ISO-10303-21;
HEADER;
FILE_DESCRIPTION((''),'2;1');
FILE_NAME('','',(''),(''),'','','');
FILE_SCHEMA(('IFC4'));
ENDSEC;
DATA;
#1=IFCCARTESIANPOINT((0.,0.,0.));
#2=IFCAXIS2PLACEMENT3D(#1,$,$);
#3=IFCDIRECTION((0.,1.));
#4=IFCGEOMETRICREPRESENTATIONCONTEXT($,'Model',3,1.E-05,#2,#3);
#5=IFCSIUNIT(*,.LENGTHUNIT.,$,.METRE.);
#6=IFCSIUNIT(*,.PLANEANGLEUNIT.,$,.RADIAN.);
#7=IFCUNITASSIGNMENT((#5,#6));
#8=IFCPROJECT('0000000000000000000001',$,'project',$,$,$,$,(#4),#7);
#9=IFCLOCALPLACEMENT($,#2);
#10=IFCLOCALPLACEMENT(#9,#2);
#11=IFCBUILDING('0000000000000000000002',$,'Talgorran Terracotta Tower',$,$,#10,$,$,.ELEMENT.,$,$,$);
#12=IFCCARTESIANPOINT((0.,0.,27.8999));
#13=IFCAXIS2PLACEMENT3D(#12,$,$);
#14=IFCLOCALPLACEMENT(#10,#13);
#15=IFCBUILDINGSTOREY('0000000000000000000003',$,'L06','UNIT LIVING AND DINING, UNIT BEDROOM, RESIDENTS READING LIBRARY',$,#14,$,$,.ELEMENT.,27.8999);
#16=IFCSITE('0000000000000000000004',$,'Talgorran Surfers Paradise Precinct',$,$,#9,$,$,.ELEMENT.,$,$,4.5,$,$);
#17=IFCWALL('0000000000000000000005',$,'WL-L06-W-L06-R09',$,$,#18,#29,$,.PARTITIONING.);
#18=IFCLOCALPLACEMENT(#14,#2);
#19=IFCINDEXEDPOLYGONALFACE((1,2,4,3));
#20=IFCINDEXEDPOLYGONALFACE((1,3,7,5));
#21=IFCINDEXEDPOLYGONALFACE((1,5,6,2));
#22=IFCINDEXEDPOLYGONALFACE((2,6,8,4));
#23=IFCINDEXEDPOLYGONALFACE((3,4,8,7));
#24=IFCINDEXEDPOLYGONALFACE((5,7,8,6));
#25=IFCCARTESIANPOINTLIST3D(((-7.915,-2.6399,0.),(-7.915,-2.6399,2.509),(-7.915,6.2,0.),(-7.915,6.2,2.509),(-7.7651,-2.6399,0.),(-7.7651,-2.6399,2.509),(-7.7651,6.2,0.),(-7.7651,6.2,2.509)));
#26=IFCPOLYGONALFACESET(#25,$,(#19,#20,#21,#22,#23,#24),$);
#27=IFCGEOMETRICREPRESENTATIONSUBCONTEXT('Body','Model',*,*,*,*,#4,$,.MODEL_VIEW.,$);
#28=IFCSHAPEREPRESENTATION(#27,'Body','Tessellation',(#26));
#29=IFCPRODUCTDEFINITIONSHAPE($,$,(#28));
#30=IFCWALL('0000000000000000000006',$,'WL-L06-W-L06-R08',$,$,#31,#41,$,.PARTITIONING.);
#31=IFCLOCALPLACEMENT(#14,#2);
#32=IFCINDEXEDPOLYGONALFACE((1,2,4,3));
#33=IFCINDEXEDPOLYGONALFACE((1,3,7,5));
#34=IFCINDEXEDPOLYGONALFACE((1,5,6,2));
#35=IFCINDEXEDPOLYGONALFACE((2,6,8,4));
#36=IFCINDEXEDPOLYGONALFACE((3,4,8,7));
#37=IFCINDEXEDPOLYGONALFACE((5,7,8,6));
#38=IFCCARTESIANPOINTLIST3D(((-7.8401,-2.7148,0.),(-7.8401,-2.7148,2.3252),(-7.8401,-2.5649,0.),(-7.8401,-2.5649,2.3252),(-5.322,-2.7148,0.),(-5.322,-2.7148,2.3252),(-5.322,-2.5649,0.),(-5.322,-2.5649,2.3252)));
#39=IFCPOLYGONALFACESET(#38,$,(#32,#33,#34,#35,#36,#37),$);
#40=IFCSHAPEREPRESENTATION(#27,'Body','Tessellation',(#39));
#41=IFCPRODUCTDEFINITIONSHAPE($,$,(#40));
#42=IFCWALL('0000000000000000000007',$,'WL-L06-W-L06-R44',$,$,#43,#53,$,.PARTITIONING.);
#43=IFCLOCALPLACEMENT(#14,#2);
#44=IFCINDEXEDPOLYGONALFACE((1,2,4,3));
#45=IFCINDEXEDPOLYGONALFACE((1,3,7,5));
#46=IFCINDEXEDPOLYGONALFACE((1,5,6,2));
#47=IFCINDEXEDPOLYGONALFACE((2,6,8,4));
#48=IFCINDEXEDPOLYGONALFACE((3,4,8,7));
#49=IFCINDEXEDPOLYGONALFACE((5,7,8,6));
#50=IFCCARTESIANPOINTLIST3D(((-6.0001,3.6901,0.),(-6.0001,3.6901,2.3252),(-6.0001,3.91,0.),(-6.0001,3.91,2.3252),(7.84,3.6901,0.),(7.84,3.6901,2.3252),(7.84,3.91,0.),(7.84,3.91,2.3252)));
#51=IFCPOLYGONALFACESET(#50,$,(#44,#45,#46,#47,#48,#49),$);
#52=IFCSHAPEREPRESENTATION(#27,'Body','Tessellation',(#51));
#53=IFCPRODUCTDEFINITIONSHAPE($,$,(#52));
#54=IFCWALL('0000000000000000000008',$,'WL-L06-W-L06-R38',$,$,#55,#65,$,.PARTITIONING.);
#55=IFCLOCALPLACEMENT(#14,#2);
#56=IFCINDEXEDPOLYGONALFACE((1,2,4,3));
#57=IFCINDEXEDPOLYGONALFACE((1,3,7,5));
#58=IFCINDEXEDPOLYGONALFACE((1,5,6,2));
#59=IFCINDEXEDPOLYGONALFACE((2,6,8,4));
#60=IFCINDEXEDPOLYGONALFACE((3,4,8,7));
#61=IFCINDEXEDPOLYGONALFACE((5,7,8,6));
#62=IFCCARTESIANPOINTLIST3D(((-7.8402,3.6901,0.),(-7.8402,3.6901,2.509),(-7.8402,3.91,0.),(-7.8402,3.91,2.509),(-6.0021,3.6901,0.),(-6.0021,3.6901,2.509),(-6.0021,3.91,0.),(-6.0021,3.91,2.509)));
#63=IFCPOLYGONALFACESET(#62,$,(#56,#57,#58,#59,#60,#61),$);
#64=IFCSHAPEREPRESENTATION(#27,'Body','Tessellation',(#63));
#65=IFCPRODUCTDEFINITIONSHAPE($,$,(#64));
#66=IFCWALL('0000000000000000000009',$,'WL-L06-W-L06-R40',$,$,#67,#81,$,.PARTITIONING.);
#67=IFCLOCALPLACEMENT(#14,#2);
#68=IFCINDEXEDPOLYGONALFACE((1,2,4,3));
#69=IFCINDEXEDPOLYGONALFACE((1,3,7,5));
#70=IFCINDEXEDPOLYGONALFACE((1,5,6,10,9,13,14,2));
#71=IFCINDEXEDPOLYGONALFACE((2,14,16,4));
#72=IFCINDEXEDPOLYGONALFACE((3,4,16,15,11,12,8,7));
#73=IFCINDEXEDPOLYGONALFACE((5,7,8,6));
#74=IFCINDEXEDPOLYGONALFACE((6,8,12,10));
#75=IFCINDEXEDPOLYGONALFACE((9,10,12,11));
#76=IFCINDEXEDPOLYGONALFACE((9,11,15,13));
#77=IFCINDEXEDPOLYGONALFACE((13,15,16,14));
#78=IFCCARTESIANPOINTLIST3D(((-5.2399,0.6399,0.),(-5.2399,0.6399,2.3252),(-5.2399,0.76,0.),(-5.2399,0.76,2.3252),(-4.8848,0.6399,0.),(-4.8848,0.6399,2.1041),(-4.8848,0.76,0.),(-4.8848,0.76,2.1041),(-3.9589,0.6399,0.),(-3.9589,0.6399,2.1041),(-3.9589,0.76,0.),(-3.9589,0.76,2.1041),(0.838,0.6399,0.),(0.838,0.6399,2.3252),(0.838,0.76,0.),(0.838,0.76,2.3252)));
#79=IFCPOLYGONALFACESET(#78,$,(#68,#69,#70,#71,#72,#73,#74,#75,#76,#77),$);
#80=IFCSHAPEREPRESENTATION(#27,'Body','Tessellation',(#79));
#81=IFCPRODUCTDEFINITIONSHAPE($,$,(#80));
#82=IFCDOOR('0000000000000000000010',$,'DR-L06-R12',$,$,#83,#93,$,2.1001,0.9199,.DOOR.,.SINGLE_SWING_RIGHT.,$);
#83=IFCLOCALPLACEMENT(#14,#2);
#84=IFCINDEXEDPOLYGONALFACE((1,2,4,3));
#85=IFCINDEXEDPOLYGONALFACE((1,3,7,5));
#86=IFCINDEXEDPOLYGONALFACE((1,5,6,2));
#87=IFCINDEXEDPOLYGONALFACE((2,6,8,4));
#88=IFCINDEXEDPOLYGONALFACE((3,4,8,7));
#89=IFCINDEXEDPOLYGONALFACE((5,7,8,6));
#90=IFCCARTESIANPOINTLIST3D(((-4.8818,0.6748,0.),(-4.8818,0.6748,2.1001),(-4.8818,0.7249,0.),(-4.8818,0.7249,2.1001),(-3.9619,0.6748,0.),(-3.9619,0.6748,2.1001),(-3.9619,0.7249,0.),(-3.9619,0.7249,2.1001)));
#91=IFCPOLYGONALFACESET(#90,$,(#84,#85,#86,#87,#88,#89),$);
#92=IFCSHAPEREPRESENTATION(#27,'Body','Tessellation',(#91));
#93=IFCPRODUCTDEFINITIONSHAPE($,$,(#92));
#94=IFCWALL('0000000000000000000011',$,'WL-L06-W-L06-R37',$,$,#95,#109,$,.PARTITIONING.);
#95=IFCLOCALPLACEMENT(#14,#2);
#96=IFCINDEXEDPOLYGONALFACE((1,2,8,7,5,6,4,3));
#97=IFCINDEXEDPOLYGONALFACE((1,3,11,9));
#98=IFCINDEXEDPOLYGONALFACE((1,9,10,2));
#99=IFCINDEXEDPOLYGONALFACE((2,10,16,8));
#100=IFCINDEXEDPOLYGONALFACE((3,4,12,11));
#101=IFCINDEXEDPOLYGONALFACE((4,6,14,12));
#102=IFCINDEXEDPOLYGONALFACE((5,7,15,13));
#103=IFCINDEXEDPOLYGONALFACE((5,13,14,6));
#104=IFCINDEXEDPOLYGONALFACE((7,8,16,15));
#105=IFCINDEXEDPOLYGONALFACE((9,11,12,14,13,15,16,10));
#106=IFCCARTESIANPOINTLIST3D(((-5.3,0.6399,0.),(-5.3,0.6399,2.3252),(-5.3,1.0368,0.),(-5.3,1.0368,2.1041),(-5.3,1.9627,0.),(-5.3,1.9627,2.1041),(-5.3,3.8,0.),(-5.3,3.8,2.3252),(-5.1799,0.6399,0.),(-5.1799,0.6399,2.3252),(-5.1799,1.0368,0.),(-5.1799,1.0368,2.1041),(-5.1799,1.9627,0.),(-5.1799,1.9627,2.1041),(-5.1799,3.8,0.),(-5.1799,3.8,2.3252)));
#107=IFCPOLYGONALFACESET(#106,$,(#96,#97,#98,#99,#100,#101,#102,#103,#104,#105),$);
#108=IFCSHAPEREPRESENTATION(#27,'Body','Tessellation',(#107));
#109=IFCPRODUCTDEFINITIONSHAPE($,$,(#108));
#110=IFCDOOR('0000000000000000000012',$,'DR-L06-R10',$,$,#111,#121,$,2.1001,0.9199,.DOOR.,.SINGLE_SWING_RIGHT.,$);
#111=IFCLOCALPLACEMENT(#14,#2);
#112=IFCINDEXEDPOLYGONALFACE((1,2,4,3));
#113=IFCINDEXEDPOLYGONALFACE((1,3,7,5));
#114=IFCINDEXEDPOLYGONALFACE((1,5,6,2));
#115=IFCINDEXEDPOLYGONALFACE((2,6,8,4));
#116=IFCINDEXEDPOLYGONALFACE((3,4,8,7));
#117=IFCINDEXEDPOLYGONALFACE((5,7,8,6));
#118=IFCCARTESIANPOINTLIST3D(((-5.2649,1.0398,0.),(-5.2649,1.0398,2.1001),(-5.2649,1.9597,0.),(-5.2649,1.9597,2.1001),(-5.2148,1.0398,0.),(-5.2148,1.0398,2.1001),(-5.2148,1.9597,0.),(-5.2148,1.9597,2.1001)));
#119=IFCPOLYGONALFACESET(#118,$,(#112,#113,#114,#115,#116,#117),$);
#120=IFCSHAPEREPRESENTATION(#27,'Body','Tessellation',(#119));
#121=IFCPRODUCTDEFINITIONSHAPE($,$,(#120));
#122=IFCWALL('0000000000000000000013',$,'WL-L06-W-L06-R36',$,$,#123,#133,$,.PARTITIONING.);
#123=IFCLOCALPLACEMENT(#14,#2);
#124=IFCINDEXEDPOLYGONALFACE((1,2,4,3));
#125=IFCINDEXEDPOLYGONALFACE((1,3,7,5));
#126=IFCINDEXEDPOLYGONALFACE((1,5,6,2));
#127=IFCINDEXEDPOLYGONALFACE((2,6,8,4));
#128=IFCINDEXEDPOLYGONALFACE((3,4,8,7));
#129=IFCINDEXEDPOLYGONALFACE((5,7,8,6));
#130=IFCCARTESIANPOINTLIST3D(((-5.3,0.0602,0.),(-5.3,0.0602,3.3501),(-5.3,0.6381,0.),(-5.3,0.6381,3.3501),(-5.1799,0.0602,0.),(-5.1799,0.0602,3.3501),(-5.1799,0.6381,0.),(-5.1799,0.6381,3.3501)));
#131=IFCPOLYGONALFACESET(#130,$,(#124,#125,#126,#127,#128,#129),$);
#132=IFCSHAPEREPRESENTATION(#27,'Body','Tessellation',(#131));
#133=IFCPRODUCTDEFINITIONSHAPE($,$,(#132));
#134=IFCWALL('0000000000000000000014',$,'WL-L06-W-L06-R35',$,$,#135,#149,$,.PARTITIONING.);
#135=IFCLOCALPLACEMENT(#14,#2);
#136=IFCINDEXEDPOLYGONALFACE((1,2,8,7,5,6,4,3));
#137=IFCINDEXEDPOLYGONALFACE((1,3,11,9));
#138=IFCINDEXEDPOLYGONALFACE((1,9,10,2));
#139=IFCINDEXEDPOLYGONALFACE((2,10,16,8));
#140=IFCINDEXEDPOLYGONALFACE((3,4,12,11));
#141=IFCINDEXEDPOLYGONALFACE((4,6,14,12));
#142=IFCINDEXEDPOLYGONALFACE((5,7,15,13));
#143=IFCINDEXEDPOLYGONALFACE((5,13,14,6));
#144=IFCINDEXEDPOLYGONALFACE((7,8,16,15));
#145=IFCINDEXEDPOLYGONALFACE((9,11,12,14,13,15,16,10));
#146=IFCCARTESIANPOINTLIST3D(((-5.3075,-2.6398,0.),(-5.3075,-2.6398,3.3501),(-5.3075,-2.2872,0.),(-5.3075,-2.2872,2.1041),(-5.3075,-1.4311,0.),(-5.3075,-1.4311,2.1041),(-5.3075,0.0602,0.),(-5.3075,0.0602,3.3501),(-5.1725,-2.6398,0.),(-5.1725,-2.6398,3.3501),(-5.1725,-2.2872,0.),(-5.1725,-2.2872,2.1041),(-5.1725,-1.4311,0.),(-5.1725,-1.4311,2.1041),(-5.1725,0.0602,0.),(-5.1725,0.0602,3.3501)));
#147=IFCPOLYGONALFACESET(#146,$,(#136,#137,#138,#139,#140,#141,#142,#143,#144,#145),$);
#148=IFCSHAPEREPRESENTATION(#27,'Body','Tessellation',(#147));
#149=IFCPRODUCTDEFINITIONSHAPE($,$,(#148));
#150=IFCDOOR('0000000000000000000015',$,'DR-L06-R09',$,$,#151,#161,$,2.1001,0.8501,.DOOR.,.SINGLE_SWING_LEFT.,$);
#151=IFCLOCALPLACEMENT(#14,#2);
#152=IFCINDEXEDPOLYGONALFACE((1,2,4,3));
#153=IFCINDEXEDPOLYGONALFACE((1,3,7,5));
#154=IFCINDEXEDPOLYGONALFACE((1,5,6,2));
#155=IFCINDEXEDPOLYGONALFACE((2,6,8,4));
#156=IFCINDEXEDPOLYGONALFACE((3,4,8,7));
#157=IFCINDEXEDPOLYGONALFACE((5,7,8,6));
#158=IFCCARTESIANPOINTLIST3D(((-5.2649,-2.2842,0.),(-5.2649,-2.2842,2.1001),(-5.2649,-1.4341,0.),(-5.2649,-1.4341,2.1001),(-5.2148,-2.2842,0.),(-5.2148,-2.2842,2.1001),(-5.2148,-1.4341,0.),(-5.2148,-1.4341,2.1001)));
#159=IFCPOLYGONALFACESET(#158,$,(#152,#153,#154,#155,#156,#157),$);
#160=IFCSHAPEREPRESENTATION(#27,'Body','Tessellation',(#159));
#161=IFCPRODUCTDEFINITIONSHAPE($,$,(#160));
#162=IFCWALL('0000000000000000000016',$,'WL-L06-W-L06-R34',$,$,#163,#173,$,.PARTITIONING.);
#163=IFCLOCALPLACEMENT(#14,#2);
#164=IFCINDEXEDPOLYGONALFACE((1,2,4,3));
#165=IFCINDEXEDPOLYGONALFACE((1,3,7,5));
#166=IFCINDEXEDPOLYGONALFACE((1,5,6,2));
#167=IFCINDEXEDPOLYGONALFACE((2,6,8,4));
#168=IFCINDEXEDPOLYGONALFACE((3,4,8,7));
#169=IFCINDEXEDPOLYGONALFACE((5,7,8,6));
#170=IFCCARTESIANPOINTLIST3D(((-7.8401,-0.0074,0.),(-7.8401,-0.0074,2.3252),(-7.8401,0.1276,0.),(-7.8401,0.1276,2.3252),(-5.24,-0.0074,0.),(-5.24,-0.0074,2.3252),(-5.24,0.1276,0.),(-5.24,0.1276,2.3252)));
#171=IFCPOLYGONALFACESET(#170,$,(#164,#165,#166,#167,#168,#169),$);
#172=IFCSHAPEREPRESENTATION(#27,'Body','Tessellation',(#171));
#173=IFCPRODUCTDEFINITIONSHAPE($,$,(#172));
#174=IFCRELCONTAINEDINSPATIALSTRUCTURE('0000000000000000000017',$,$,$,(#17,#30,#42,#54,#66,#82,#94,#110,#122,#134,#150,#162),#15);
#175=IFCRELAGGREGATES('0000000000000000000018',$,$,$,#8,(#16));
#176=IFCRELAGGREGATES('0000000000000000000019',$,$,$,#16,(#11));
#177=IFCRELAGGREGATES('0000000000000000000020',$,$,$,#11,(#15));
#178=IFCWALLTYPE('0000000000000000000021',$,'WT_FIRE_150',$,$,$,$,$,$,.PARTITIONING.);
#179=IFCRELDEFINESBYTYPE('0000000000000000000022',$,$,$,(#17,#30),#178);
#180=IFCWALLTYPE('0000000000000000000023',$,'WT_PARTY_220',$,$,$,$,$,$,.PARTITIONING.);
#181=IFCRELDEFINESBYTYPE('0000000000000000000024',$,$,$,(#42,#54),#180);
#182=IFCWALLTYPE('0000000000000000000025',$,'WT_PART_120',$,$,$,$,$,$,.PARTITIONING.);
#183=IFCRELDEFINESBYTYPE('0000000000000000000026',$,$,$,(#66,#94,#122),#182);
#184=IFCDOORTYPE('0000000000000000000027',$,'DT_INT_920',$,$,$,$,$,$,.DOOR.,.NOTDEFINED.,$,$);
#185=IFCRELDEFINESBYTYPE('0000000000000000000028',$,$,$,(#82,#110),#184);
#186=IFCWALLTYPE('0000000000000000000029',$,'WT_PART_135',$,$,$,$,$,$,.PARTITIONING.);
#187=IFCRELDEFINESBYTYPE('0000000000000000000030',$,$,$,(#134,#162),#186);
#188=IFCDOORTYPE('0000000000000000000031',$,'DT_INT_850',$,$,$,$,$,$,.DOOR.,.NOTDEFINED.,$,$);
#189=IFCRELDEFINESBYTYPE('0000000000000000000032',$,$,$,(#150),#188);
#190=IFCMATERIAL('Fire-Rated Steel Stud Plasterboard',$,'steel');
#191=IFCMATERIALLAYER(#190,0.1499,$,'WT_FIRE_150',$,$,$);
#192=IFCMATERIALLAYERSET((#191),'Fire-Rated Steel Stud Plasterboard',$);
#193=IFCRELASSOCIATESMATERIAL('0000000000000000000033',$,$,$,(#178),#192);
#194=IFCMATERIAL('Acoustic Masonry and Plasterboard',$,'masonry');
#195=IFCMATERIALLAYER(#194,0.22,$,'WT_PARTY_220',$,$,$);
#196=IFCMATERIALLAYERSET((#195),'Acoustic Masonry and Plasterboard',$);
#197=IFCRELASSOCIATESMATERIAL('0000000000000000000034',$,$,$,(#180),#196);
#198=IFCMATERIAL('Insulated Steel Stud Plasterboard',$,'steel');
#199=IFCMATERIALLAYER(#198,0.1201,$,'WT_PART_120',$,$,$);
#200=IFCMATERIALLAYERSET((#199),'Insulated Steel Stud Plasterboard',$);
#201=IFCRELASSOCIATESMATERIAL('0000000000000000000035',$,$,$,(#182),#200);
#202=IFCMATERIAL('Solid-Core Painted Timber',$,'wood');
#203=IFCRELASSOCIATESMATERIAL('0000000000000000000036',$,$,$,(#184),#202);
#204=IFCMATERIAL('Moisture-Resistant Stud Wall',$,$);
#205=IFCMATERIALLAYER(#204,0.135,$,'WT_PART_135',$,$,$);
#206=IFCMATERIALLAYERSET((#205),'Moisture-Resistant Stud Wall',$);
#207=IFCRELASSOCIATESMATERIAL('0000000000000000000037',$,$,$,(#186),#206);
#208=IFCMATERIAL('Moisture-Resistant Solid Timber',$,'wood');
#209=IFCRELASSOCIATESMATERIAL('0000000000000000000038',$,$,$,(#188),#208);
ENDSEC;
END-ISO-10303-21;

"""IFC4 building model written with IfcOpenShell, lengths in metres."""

from ifc_helpers import new_model, si_unit, direction, frame, frame_2d, origin, place, context, subcontext, project, spatial, rectangle, extrude, material, layer, layer_set, type_object, element, fill, save


model = new_model("IFC4")

# Units and contexts
model_context = context("Model", 3, precision=1e-05, world=origin(), true_north=direction((0.0, 1.0)))
body_context = subcontext(model_context, "Body", "Model", "MODEL_VIEW")
ifc_project = project(units=[si_unit("LENGTHUNIT", "METRE"), si_unit("PLANEANGLEUNIT", "RADIAN")], contexts=[model_context])

# Site, building, storey
site_placement = place(None, origin())
site = spatial("IfcSite", under=ifc_project, at=site_placement, Name="Talgorran Surfers Paradise Precinct", CompositionType="ELEMENT", RefElevation=4.5)
building_placement = place(site_placement, origin())
building = spatial("IfcBuilding", under=site, at=building_placement, Name="Talgorran Terracotta Tower", CompositionType="ELEMENT")
storey_placement = place(building_placement, frame((0.0, 0.0, 27.8999)))
storey = spatial("IfcBuildingStorey", under=building, at=storey_placement, Name="L06", Description="UNIT LIVING AND DINING, UNIT BEDROOM, RESIDENTS READING LIBRARY", CompositionType="ELEMENT", Elevation=27.8999)

# Shared definitions
ifc_material_1 = material(Name="Fire-Rated Steel Stud Plasterboard", Category="steel")
ifc_layer_1 = layer(ifc_material_1, 0.1499, Name="WT_FIRE_150")
ifc_layer_set_1 = layer_set([ifc_layer_1], Name="Fire-Rated Steel Stud Plasterboard")
wall_type_1 = type_object("IfcWallType", Name="WT_FIRE_150", PredefinedType="PARTITIONING", material=ifc_layer_set_1)

# Walls
wall_1_placement = place(storey_placement, frame((-7.8401, -2.6399, 0.0), z_axis=(0.0, 0.0, 1.0), x_axis=(0.0, 1.0, 0.0)))
element("IfcWall", 1, at=wall_1_placement, inside=storey, type_object=wall_type_1, Name="WL-L06-W-L06-R09", PredefinedType="PARTITIONING", context=body_context, shape_type="SweptSolid", body=[
    extrude(rectangle(XDim=8.8398, YDim=0.1499, at=frame_2d((4.4199, 0.0))), origin(), (0.0, 0.0, 1.0), 2.509),
])
wall_2_placement = place(storey_placement, frame((-7.8401, -2.6399, 0.0), z_axis=(0.0, 0.0, 1.0), x_axis=(1.0, 0.0, 0.0)))
element("IfcWall", 2, at=wall_2_placement, inside=storey, type_object=wall_type_1, Name="WL-L06-W-L06-R08", PredefinedType="PARTITIONING", context=body_context, shape_type="SweptSolid", body=[
    extrude(rectangle(XDim=2.5181, YDim=0.1499, at=frame_2d((1.259, 0.0))), origin(), (0.0, 0.0, 1.0), 2.3252),
])
ifc_material_2 = material(Name="Acoustic Masonry and Plasterboard", Category="masonry")
ifc_layer_2 = layer(ifc_material_2, 0.22, Name="WT_PARTY_220")
ifc_layer_set_2 = layer_set([ifc_layer_2], Name="Acoustic Masonry and Plasterboard")
wall_type_2 = type_object("IfcWallType", Name="WT_PARTY_220", PredefinedType="PARTITIONING", material=ifc_layer_set_2)
wall_3_placement = place(storey_placement, frame((-6.0, 3.8, 0.0), z_axis=(0.0, 0.0, 1.0), x_axis=(1.0, 0.0, 0.0)))
element("IfcWall", 3, at=wall_3_placement, inside=storey, type_object=wall_type_2, Name="WL-L06-W-L06-R44", PredefinedType="PARTITIONING", context=body_context, shape_type="SweptSolid", body=[
    extrude(rectangle(XDim=13.8401, YDim=0.22, at=frame_2d((6.9199, 0.0))), origin(), (0.0, 0.0, 1.0), 2.3252),
])
wall_4_placement = place(storey_placement, frame((-7.8401, 3.8, 0.0), z_axis=(0.0, 0.0, 1.0), x_axis=(1.0, 0.0, 0.0)))
element("IfcWall", 4, at=wall_4_placement, inside=storey, type_object=wall_type_2, Name="WL-L06-W-L06-R38", PredefinedType="PARTITIONING", context=body_context, shape_type="SweptSolid", body=[
    extrude(rectangle(XDim=1.8381, YDim=0.22, at=frame_2d((0.9189, 0.0))), origin(), (0.0, 0.0, 1.0), 2.509),
])

# Walls, openings, doors
ifc_material_3 = material(Name="Insulated Steel Stud Plasterboard", Category="steel")
ifc_layer_3 = layer(ifc_material_3, 0.1201, Name="WT_PART_120")
ifc_layer_set_3 = layer_set([ifc_layer_3], Name="Insulated Steel Stud Plasterboard")
wall_type_3 = type_object("IfcWallType", Name="WT_PART_120", PredefinedType="PARTITIONING", material=ifc_layer_set_3)
wall_5_placement = place(storey_placement, frame((-5.24, 0.7, 0.0), z_axis=(0.0, 0.0, 1.0), x_axis=(1.0, 0.0, 0.0)))
wall_5 = element("IfcWall", 5, at=wall_5_placement, inside=storey, type_object=wall_type_3, Name="WL-L06-W-L06-R40", PredefinedType="PARTITIONING", context=body_context, shape_type="SweptSolid", body=[
    extrude(rectangle(XDim=6.0779, YDim=0.1201, at=frame_2d((3.0391, 0.0))), origin(), (0.0, 0.0, 1.0), 2.3252),
])
opening_1_placement = place(wall_5_placement, frame((0.3582, 0.0, 0.0)))
opening_1 = element("IfcOpeningElement", 6, at=opening_1_placement, cuts=wall_5, PredefinedType="OPENING", context=body_context, shape_type="SweptSolid", body=[
    extrude(rectangle(XDim=0.9259, YDim=2.1041, at=frame_2d((0.46, 1.052))), frame((0.0, 0.0701, 0.0), z_axis=(0.0, -1.0, 0.0), x_axis=(1.0, 0.0, 0.0)), (0.0, 0.0, 1.0), 0.1401),
])
ifc_material_4 = material(Name="Solid-Core Painted Timber", Category="wood")
door_type_1 = type_object("IfcDoorType", Name="DT_INT_920", OperationType="NOTDEFINED", PredefinedType="DOOR", material=ifc_material_4)
door_1_placement = place(opening_1_placement, origin())
door_1 = element("IfcDoor", 7, at=door_1_placement, inside=storey, type_object=door_type_1, Name="DR-L06-R12", OperationType="SINGLE_SWING_RIGHT", OverallHeight=2.1001, OverallWidth=0.9199, PredefinedType="DOOR", context=body_context, shape_type="SweptSolid", body=[
    extrude(rectangle(XDim=0.9199, YDim=2.1001, at=frame_2d((0.46, 1.05))), frame((0.0, 0.0249, 0.0), z_axis=(0.0, -1.0, 0.0), x_axis=(1.0, 0.0, 0.0)), (0.0, 0.0, 1.0), 0.05),
])
fill(opening_1, door_1)
wall_6_placement = place(storey_placement, frame((-5.24, 0.6399, 0.0), z_axis=(0.0, 0.0, 1.0), x_axis=(0.0, 1.0, 0.0)))
wall_6 = element("IfcWall", 8, at=wall_6_placement, inside=storey, type_object=wall_type_3, Name="WL-L06-W-L06-R37", PredefinedType="PARTITIONING", context=body_context, shape_type="SweptSolid", body=[
    extrude(rectangle(XDim=3.1602, YDim=0.1201, at=frame_2d((1.5801, 0.0))), origin(), (0.0, 0.0, 1.0), 2.3252),
])
opening_2_placement = place(wall_6_placement, frame((0.3999, 0.0, 0.0)))
opening_2 = element("IfcOpeningElement", 9, at=opening_2_placement, cuts=wall_6, PredefinedType="OPENING", context=body_context, shape_type="SweptSolid", body=[
    extrude(rectangle(XDim=0.9259, YDim=2.1041, at=frame_2d((0.46, 1.052))), frame((0.0, 0.0701, 0.0), z_axis=(0.0, -1.0, 0.0), x_axis=(1.0, 0.0, 0.0)), (0.0, 0.0, 1.0), 0.1401),
])
door_2_placement = place(opening_2_placement, origin())
door_2 = element("IfcDoor", 10, at=door_2_placement, inside=storey, type_object=door_type_1, Name="DR-L06-R10", OperationType="SINGLE_SWING_RIGHT", OverallHeight=2.1001, OverallWidth=0.9199, PredefinedType="DOOR", context=body_context, shape_type="SweptSolid", body=[
    extrude(rectangle(XDim=0.9199, YDim=2.1001, at=frame_2d((0.46, 1.05))), frame((0.0, 0.0249, 0.0), z_axis=(0.0, -1.0, 0.0), x_axis=(1.0, 0.0, 0.0)), (0.0, 0.0, 1.0), 0.05),
])
fill(opening_2, door_2)

# Wall
wall_7_placement = place(storey_placement, frame((-5.24, 0.0601, 0.0), z_axis=(0.0, 0.0, 1.0), x_axis=(0.0, 1.0, 0.0)))
element("IfcWall", 11, at=wall_7_placement, inside=storey, type_object=wall_type_3, Name="WL-L06-W-L06-R36", PredefinedType="PARTITIONING", context=body_context, shape_type="SweptSolid", body=[
    extrude(rectangle(XDim=0.5779, YDim=0.1201, at=frame_2d((0.2891, 0.0))), origin(), (0.0, 0.0, 1.0), 3.3501),
])

# Wall, opening, door
ifc_material_5 = material(Name="Moisture-Resistant Stud Wall")
ifc_layer_4 = layer(ifc_material_5, 0.135, Name="WT_PART_135")
ifc_layer_set_4 = layer_set([ifc_layer_4], Name="Moisture-Resistant Stud Wall")
wall_type_4 = type_object("IfcWallType", Name="WT_PART_135", PredefinedType="PARTITIONING", material=ifc_layer_set_4)
wall_8_placement = place(storey_placement, frame((-5.24, -2.6399, 0.0), z_axis=(0.0, 0.0, 1.0), x_axis=(0.0, 1.0, 0.0)))
wall_8 = element("IfcWall", 12, at=wall_8_placement, inside=storey, type_object=wall_type_4, Name="WL-L06-W-L06-R35", PredefinedType="PARTITIONING", context=body_context, shape_type="SweptSolid", body=[
    extrude(rectangle(XDim=2.7, YDim=0.135, at=frame_2d((1.3501, 0.0))), origin(), (0.0, 0.0, 1.0), 3.3501),
])
opening_3_placement = place(wall_8_placement, frame((0.3557, 0.0, 0.0)))
opening_3 = element("IfcOpeningElement", 13, at=opening_3_placement, cuts=wall_8, PredefinedType="OPENING", context=body_context, shape_type="SweptSolid", body=[
    extrude(rectangle(XDim=0.8561, YDim=2.1041, at=frame_2d((0.425, 1.052))), frame((0.0, 0.0776, 0.0), z_axis=(0.0, -1.0, 0.0), x_axis=(1.0, 0.0, 0.0)), (0.0, 0.0, 1.0), 0.155),
])
ifc_material_6 = material(Name="Moisture-Resistant Solid Timber", Category="wood")
door_type_2 = type_object("IfcDoorType", Name="DT_INT_850", OperationType="NOTDEFINED", PredefinedType="DOOR", material=ifc_material_6)
door_3_placement = place(opening_3_placement, origin())
door_3 = element("IfcDoor", 14, at=door_3_placement, inside=storey, type_object=door_type_2, Name="DR-L06-R09", OperationType="SINGLE_SWING_LEFT", OverallHeight=2.1001, OverallWidth=0.8501, PredefinedType="DOOR", context=body_context, shape_type="SweptSolid", body=[
    extrude(rectangle(XDim=0.8501, YDim=2.1001, at=frame_2d((0.425, 1.05))), frame((0.0, 0.0249, 0.0), z_axis=(0.0, -1.0, 0.0), x_axis=(1.0, 0.0, 0.0)), (0.0, 0.0, 1.0), 0.05),
])
fill(opening_3, door_3)

# Wall
wall_9_placement = place(storey_placement, frame((-7.8401, 0.0601, 0.0), z_axis=(0.0, 0.0, 1.0), x_axis=(1.0, 0.0, 0.0)))
element("IfcWall", 15, at=wall_9_placement, inside=storey, type_object=wall_type_4, Name="WL-L06-W-L06-R34", PredefinedType="PARTITIONING", context=body_context, shape_type="SweptSolid", body=[
    extrude(rectangle(XDim=2.6001, YDim=0.135, at=frame_2d((1.3, 0.0))), origin(), (0.0, 0.0, 1.0), 2.3252),
])

save(model, "model.ifc")
